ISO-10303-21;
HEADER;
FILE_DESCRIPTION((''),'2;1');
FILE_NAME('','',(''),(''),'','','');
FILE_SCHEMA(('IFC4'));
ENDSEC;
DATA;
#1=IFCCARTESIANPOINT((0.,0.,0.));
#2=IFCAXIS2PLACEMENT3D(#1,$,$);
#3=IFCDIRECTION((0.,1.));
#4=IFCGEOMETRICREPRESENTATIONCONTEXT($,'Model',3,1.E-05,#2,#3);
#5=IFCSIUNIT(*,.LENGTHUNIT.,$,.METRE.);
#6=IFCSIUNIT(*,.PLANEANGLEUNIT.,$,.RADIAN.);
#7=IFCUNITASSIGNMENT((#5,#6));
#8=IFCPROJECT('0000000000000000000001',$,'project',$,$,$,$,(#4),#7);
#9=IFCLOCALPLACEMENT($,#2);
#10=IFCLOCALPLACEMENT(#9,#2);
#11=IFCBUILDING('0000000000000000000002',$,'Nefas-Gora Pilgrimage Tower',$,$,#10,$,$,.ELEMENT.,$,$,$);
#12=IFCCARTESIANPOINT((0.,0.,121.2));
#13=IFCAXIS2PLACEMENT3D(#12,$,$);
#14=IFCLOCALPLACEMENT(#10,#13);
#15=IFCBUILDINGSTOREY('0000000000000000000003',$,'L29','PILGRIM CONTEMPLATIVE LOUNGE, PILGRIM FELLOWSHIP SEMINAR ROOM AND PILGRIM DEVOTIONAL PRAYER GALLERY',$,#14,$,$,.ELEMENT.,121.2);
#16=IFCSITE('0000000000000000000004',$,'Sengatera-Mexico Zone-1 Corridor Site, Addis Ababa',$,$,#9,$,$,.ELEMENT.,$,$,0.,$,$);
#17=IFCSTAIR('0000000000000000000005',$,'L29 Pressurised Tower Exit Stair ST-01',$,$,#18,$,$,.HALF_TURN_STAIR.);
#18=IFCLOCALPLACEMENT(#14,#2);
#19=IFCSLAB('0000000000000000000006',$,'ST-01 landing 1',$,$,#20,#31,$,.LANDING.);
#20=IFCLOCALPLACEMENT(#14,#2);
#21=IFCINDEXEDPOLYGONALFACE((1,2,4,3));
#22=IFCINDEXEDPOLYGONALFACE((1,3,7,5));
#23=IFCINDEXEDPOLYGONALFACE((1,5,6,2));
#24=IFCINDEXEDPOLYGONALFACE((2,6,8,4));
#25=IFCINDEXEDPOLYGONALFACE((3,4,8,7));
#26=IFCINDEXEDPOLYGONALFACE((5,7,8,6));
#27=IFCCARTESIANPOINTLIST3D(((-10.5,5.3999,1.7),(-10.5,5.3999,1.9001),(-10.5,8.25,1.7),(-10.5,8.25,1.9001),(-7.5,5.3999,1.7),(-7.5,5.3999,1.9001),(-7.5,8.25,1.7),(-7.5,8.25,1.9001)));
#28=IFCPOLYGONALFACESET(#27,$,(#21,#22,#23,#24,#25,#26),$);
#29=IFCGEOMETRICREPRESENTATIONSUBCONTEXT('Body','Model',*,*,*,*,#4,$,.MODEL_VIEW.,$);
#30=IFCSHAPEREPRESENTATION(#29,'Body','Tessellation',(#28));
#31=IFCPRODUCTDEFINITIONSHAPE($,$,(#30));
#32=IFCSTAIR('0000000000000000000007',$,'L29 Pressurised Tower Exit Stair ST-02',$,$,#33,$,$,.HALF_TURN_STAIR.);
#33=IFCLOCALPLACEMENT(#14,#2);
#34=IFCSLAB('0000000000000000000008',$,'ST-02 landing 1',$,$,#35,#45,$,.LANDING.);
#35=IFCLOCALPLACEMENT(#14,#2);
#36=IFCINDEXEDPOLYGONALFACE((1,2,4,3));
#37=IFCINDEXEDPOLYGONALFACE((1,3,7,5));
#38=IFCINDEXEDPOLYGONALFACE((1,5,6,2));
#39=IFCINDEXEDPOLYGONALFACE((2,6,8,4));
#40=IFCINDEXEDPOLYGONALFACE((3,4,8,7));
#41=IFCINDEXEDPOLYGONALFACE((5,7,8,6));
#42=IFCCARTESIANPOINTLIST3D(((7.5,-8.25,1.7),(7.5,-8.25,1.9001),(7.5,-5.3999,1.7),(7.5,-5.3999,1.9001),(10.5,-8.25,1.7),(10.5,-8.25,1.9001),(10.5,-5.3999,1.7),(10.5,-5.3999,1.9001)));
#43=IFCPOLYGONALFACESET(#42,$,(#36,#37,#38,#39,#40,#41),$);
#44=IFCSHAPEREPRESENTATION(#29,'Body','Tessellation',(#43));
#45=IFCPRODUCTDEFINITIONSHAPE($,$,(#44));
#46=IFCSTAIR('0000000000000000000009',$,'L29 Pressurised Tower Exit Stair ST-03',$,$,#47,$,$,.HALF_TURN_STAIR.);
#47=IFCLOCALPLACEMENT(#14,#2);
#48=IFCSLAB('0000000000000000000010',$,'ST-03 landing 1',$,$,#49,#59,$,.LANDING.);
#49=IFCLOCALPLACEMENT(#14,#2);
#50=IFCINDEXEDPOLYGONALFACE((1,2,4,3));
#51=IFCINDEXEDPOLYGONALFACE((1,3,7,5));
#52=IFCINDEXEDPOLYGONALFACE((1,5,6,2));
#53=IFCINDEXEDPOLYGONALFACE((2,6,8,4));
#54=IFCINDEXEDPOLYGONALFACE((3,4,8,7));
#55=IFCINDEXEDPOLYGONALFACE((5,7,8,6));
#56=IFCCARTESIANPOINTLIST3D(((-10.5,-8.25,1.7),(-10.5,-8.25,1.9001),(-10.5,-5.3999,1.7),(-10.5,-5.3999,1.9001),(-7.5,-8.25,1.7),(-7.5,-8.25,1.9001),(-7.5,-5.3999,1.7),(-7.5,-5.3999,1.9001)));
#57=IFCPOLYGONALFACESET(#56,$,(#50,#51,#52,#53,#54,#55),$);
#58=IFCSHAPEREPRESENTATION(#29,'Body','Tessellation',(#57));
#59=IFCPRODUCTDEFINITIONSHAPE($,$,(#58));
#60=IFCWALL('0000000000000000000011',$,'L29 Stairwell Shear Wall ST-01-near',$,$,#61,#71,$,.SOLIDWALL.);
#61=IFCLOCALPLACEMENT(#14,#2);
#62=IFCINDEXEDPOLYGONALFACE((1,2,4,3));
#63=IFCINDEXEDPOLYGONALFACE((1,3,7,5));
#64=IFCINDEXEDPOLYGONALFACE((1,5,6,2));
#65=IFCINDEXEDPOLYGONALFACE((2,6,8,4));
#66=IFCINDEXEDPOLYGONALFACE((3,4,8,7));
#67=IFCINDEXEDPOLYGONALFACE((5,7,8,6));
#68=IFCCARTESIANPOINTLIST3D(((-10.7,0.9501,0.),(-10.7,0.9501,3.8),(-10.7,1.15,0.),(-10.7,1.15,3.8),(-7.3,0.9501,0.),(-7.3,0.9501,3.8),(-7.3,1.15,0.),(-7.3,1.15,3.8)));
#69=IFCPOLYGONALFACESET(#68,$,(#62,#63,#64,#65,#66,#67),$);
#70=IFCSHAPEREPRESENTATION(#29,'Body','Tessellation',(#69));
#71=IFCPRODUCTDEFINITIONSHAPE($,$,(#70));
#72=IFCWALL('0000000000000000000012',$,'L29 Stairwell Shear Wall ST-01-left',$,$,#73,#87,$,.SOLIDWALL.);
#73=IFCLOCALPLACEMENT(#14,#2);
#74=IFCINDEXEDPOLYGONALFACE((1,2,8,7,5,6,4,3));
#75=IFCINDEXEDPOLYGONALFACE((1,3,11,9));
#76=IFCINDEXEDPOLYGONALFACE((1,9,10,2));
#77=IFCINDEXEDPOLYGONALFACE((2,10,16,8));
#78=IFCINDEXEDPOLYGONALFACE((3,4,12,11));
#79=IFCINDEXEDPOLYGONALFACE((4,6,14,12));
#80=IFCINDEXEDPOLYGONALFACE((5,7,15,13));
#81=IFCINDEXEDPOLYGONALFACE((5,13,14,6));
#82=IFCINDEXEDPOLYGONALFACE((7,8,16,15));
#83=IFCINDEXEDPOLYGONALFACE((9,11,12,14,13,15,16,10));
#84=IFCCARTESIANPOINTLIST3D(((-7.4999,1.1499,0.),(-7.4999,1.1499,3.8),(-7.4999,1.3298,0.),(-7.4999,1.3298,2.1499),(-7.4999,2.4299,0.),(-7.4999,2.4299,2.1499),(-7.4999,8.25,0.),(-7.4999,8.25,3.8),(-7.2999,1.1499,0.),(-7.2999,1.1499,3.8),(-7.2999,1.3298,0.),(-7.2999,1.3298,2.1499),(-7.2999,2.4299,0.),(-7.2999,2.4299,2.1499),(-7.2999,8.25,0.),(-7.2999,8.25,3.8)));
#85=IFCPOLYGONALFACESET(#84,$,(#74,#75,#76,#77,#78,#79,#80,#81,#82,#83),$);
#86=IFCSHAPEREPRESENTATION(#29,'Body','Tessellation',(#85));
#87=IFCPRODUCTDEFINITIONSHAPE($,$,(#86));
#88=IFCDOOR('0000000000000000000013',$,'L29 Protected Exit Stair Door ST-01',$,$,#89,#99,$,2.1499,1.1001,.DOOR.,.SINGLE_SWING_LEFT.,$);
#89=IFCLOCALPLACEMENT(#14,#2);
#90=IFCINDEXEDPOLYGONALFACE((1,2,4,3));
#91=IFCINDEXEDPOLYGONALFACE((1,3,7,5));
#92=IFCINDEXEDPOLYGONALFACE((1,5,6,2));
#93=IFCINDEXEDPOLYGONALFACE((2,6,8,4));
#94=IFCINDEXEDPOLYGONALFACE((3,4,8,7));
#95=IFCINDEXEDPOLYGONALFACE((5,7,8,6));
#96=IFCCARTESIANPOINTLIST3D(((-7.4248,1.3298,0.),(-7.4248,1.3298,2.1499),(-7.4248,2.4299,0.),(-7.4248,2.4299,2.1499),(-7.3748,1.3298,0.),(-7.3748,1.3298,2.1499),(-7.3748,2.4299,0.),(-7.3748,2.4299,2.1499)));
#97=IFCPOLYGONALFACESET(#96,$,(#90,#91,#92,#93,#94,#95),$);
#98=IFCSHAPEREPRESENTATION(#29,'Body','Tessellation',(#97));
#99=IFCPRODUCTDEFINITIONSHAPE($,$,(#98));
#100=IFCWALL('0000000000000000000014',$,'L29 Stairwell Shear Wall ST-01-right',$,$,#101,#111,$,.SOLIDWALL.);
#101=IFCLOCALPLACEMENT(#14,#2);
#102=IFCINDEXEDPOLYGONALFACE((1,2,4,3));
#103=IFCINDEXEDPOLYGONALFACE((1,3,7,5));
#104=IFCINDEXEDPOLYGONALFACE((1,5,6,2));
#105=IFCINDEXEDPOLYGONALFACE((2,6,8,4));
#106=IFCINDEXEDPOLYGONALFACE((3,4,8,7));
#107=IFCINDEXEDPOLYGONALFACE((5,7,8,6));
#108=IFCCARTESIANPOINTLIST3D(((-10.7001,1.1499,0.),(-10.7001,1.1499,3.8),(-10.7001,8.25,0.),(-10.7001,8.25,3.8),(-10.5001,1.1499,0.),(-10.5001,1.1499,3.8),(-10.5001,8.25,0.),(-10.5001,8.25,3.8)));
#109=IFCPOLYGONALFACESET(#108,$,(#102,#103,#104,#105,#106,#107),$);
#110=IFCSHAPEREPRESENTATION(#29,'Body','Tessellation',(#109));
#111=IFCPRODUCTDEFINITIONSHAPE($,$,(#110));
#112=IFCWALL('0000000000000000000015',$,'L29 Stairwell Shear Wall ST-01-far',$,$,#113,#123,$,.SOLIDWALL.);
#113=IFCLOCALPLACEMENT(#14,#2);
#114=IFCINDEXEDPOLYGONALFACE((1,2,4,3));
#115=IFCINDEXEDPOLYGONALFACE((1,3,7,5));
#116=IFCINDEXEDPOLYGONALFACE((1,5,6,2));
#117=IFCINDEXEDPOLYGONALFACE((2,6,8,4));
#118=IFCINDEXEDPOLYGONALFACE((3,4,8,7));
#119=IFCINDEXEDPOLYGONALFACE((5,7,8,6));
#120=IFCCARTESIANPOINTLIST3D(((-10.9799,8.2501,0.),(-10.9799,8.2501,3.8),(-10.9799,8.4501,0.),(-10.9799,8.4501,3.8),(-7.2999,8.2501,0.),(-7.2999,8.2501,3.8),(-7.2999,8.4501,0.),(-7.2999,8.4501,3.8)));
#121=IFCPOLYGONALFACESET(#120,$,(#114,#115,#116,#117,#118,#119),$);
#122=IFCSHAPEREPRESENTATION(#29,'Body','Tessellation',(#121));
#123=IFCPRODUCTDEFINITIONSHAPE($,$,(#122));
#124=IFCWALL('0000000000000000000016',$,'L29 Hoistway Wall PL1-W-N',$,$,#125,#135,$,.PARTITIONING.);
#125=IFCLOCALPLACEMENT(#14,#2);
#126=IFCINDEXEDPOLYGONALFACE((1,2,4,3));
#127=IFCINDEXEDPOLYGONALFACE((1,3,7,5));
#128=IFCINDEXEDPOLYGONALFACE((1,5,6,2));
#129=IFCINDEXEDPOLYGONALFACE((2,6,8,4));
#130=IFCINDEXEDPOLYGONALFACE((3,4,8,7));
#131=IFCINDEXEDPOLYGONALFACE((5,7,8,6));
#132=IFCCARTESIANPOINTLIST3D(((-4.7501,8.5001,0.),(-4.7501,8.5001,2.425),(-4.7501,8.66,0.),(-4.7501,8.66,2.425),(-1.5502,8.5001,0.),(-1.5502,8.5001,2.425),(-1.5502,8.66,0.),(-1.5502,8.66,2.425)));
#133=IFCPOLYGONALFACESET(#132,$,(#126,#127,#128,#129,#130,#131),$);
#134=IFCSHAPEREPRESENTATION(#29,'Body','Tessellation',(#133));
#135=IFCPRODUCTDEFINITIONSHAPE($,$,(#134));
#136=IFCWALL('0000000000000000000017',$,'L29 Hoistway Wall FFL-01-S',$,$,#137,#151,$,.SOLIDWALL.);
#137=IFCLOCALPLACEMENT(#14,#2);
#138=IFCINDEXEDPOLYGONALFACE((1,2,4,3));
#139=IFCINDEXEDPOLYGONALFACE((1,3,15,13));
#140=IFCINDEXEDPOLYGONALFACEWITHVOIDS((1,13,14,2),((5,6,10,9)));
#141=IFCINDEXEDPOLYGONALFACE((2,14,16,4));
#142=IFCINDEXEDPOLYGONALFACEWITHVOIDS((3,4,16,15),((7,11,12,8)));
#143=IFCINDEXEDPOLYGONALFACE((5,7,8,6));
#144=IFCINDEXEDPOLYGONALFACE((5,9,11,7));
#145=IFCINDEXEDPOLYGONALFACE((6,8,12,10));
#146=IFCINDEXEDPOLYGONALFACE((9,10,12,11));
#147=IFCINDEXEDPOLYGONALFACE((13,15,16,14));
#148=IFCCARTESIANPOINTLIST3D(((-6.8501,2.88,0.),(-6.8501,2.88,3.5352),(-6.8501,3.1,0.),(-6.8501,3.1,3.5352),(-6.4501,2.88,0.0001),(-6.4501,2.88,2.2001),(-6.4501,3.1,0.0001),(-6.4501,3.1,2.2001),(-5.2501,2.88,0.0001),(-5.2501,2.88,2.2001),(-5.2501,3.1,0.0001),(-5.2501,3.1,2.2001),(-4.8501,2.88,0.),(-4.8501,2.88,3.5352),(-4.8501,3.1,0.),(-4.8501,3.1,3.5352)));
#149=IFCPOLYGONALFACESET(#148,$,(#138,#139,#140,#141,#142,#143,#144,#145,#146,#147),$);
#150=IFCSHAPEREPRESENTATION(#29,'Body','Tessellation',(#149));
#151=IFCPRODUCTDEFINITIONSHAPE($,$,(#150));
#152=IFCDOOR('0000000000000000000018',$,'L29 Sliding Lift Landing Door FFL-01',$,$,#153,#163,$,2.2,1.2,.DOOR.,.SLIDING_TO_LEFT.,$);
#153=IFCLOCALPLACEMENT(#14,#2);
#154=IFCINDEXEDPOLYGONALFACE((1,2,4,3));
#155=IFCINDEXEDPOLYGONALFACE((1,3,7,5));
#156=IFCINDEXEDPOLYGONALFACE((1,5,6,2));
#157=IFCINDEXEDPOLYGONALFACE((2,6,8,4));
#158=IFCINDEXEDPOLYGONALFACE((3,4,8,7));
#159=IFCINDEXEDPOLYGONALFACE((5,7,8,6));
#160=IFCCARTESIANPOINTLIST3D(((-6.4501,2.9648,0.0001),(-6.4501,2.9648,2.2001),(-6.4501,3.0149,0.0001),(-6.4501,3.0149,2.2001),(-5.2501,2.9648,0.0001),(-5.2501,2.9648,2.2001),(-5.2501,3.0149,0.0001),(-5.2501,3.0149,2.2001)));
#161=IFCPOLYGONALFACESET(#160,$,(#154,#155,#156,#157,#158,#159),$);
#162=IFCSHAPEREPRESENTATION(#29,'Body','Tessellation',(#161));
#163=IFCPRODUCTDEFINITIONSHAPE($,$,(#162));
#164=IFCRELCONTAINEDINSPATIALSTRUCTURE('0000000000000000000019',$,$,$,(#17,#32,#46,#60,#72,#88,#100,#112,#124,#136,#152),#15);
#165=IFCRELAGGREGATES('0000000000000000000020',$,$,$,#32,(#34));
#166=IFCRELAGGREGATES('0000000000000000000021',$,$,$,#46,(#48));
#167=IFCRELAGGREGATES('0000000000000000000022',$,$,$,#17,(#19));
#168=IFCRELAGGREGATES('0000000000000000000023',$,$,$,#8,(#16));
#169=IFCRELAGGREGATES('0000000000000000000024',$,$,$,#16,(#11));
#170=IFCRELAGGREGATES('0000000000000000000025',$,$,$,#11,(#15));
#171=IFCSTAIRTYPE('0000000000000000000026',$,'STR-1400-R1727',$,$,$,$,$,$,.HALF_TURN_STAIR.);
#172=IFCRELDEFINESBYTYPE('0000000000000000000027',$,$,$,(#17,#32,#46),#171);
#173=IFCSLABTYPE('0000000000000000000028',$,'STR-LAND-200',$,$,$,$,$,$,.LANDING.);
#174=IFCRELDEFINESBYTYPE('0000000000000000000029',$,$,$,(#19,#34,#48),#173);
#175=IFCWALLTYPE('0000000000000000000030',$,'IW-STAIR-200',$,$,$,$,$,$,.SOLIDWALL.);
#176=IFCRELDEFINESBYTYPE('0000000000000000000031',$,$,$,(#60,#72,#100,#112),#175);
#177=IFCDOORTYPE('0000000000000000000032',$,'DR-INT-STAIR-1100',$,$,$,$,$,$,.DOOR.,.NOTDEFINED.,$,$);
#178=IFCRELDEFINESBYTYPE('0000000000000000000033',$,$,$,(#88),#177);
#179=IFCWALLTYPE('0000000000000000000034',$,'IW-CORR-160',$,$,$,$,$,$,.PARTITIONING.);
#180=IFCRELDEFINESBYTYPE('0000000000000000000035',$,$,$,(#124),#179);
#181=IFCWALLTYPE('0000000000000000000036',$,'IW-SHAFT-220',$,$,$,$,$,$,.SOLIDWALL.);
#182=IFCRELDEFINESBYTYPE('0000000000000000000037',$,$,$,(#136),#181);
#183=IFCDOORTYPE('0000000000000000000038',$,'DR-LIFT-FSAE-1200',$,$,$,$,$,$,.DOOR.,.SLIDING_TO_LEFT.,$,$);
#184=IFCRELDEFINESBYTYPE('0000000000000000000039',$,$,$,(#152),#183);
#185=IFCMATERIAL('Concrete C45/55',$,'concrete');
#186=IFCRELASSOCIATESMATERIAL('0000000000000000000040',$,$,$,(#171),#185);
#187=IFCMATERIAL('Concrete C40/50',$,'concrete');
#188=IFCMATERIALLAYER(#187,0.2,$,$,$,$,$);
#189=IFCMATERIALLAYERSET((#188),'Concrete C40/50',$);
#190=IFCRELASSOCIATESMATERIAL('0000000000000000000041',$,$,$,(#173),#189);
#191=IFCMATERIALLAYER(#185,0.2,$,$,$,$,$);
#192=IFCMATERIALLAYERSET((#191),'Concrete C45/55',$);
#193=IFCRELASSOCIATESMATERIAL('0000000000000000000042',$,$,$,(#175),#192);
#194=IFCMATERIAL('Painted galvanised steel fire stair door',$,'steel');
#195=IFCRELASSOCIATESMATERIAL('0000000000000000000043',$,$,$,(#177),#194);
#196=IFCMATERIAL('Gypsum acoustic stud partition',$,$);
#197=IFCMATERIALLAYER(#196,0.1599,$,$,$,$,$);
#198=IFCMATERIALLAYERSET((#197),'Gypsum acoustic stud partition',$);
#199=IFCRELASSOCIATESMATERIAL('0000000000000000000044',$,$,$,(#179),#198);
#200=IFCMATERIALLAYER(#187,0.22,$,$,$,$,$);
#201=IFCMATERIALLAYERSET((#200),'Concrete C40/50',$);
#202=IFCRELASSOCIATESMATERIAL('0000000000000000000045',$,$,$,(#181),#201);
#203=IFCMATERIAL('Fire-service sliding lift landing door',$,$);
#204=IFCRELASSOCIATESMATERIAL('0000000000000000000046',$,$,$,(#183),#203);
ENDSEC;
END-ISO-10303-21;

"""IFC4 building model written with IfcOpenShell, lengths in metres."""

from ifc_helpers import new_model, si_unit, direction, frame, frame_2d, origin, place, context, subcontext, project, spatial, polyline, rectangle, outline, extrude, source, transform, mapped, material, layer, layer_set, type_object, element, fill, aggregate, save


model = new_model("IFC4")

# Units and contexts
model_context = context("Model", 3, precision=1e-05, world=origin(), true_north=direction((0.0, 1.0)))
body_context = subcontext(model_context, "Body", "Model", "MODEL_VIEW")
ifc_project = project(units=[si_unit("LENGTHUNIT", "METRE"), si_unit("PLANEANGLEUNIT", "RADIAN")], contexts=[model_context])

# Site, building, storey
site_placement = place(None, origin())
site = spatial("IfcSite", under=ifc_project, at=site_placement, Name="Sengatera-Mexico Zone-1 Corridor Site, Addis Ababa", CompositionType="ELEMENT", RefElevation=0.0)
building_placement = place(site_placement, origin())
building = spatial("IfcBuilding", under=site, at=building_placement, Name="Nefas-Gora Pilgrimage Tower", CompositionType="ELEMENT")
storey_placement = place(building_placement, frame((0.0, 0.0, 121.2)))
storey = spatial("IfcBuildingStorey", under=building, at=storey_placement, Name="L29", Description="PILGRIM CONTEMPLATIVE LOUNGE, PILGRIM FELLOWSHIP SEMINAR ROOM AND PILGRIM DEVOTIONAL PRAYER GALLERY", CompositionType="ELEMENT", Elevation=121.2)

# Shared definitions
ifc_material_1 = material(Name="Concrete C40/50", Category="concrete")

# Stairs, slabs
ifc_material_2 = material(Name="Concrete C45/55", Category="concrete")
stair_type = type_object("IfcStairType", Name="STR-1400-R1727", PredefinedType="HALF_TURN_STAIR", material=ifc_material_2)
stair_1_placement = place(storey_placement, origin())
stair_1 = element("IfcStair", 1, at=stair_1_placement, inside=storey, type_object=stair_type, Name="L29 Pressurised Tower Exit Stair ST-01", PredefinedType="HALF_TURN_STAIR")
ifc_layer_1 = layer(ifc_material_1, 0.2)
ifc_layer_set_1 = layer_set([ifc_layer_1], Name="Concrete C40/50")
slab_type_1 = type_object("IfcSlabType", Name="STR-LAND-200", PredefinedType="LANDING", material=ifc_layer_set_1)
slab_1_placement = place(storey_placement, frame((0.0, 0.0, 1.7)))
slab_1 = element("IfcSlab", 2, at=slab_1_placement, type_object=slab_type_1, Name="ST-01 landing 1", PredefinedType="LANDING", context=body_context, shape_type="SweptSolid", body=[
    extrude(outline(polyline([(-7.5, 5.3999), (-7.5, 8.25), (-10.5, 8.25), (-10.5, 5.3999), (-7.5, 5.3999)])), origin(), (0.0, 0.0, 1.0), 0.2002),
])
stair_2_placement = place(storey_placement, origin())
stair_2 = element("IfcStair", 3, at=stair_2_placement, inside=storey, type_object=stair_type, Name="L29 Pressurised Tower Exit Stair ST-02", PredefinedType="HALF_TURN_STAIR")
slab_2_placement = place(storey_placement, frame((0.0, 0.0, 1.7)))
slab_2 = element("IfcSlab", 4, at=slab_2_placement, type_object=slab_type_1, Name="ST-02 landing 1", PredefinedType="LANDING", context=body_context, shape_type="SweptSolid", body=[
    extrude(outline(polyline([(7.5, -5.3999), (7.5, -8.25), (10.5, -8.25), (10.5, -5.3999), (7.5, -5.3999)])), origin(), (0.0, 0.0, 1.0), 0.2002),
])
aggregate(stair_2, [slab_2])
stair_3_placement = place(storey_placement, origin())
stair_3 = element("IfcStair", 5, at=stair_3_placement, inside=storey, type_object=stair_type, Name="L29 Pressurised Tower Exit Stair ST-03", PredefinedType="HALF_TURN_STAIR")
slab_3_placement = place(storey_placement, frame((0.0, 0.0, 1.7)))
slab_3 = element("IfcSlab", 6, at=slab_3_placement, type_object=slab_type_1, Name="ST-03 landing 1", PredefinedType="LANDING", context=body_context, shape_type="SweptSolid", body=[
    extrude(outline(polyline([(-10.5, -5.3999), (-10.5, -8.25), (-7.5, -8.25), (-7.5, -5.3999), (-10.5, -5.3999)])), origin(), (0.0, 0.0, 1.0), 0.2002),
])
aggregate(stair_3, [slab_3])

# Wall
ifc_layer_2 = layer(ifc_material_2, 0.2)
ifc_layer_set_2 = layer_set([ifc_layer_2], Name="Concrete C45/55")
wall_type_1 = type_object("IfcWallType", Name="IW-STAIR-200", PredefinedType="SOLIDWALL", material=ifc_layer_set_2)
shared_shape_1 = source(origin(), body_context, "Body", "SweptSolid", [
    extrude(rectangle(XDim=3.3999, YDim=0.2, at=frame_2d((1.7, 0.0))), origin(), (0.0, 0.0, 1.0), 3.8),
])
wall_1_placement = place(storey_placement, frame((-7.3, 1.05, 0.0), z_axis=(0.0, 0.0, 1.0), x_axis=(-1.0, 0.0, 0.0)))
element("IfcWall", 7, at=wall_1_placement, inside=storey, type_object=wall_type_1, Name="L29 Stairwell Shear Wall ST-01-near", PredefinedType="SOLIDWALL", context=body_context, shape_type="MappedRepresentation", body=[
    mapped(shared_shape_1, transform((0.0, 0.0, 0.0), x_axis=(1.0, 0.0, 0.0), y_axis=(0.0, 1.0, 0.0), z_axis=(0.0, 0.0, 1.0), scale=1.0)),
])

# Wall, opening, door
shared_shape_2 = source(origin(), body_context, "Body", "SweptSolid", [
    extrude(rectangle(XDim=7.1001, YDim=0.2, at=frame_2d((3.55, 0.0))), origin(), (0.0, 0.0, 1.0), 3.8),
])
wall_2_placement = place(storey_placement, frame((-7.3999, 1.1499, 0.0), z_axis=(0.0, 0.0, 1.0), x_axis=(0.0, 1.0, 0.0)))
wall_2 = element("IfcWall", 8, at=wall_2_placement, inside=storey, type_object=wall_type_1, Name="L29 Stairwell Shear Wall ST-01-left", PredefinedType="SOLIDWALL", context=body_context, shape_type="MappedRepresentation", body=[
    mapped(shared_shape_2, transform((0.0, 0.0, 0.0), x_axis=(1.0, 0.0, 0.0), y_axis=(0.0, 1.0, 0.0), z_axis=(0.0, 0.0, 1.0), scale=1.0)),
])
opening_1_placement = place(wall_2_placement, frame((0.1799, 0.0, 0.0)))
opening_1 = element("IfcOpeningElement", 9, at=opening_1_placement, cuts=wall_2, PredefinedType="OPENING", context=body_context, shape_type="SweptSolid", body=[
    extrude(rectangle(XDim=1.1001, YDim=2.1499, at=frame_2d((0.55, 1.075))), frame((0.0, 0.1099, 0.0), z_axis=(0.0, -1.0, 0.0), x_axis=(1.0, 0.0, 0.0)), (0.0, 0.0, 1.0), 0.22),
])
ifc_material_3 = material(Name="Painted galvanised steel fire stair door", Category="steel")
door_type_1 = type_object("IfcDoorType", Name="DR-INT-STAIR-1100", OperationType="NOTDEFINED", PredefinedType="DOOR", material=ifc_material_3)
shared_shape_3 = source(origin(), body_context, "Body", "SweptSolid", [
    extrude(rectangle(XDim=1.1001, YDim=2.1499, at=frame_2d((0.55, 1.075))), frame((0.0, 0.0249, 0.0), z_axis=(0.0, -1.0, 0.0), x_axis=(1.0, 0.0, 0.0)), (0.0, 0.0, 1.0), 0.05),
])
door_1_placement = place(opening_1_placement, origin())
door_1 = element("IfcDoor", 10, at=door_1_placement, inside=storey, type_object=door_type_1, Name="L29 Protected Exit Stair Door ST-01", OperationType="SINGLE_SWING_LEFT", OverallHeight=2.1499, OverallWidth=1.1001, PredefinedType="DOOR", context=body_context, shape_type="MappedRepresentation", body=[
    mapped(shared_shape_3, transform((0.0, 0.0, 0.0), x_axis=(1.0, 0.0, 0.0), y_axis=(0.0, 1.0, 0.0), z_axis=(0.0, 0.0, 1.0), scale=1.0)),
])
fill(opening_1, door_1)

# Walls
wall_3_placement = place(storey_placement, frame((-10.6001, 1.1499, 0.0), z_axis=(0.0, 0.0, 1.0), x_axis=(0.0, 1.0, 0.0)))
element("IfcWall", 11, at=wall_3_placement, inside=storey, type_object=wall_type_1, Name="L29 Stairwell Shear Wall ST-01-right", PredefinedType="SOLIDWALL", context=body_context, shape_type="MappedRepresentation", body=[
    mapped(shared_shape_2, transform((0.0, 0.0, 0.0), x_axis=(1.0, 0.0, 0.0), y_axis=(0.0, 1.0, 0.0), z_axis=(0.0, 0.0, 1.0), scale=1.0)),
])
shared_shape_4 = source(origin(), body_context, "Body", "SweptSolid", [
    extrude(rectangle(XDim=3.6799, YDim=0.2, at=frame_2d((1.8398, 0.0))), origin(), (0.0, 0.0, 1.0), 3.8),
])
wall_4_placement = place(storey_placement, frame((-7.3, 8.3501, 0.0), z_axis=(0.0, 0.0, 1.0), x_axis=(-1.0, 0.0, 0.0)))
element("IfcWall", 12, at=wall_4_placement, inside=storey, type_object=wall_type_1, Name="L29 Stairwell Shear Wall ST-01-far", PredefinedType="SOLIDWALL", context=body_context, shape_type="MappedRepresentation", body=[
    mapped(shared_shape_4, transform((0.0, 0.0, 0.0), x_axis=(1.0, 0.0, 0.0), y_axis=(0.0, 1.0, 0.0), z_axis=(0.0, 0.0, 1.0), scale=1.0)),
])
ifc_material_4 = material(Name="Gypsum acoustic stud partition")
ifc_layer_3 = layer(ifc_material_4, 0.1599)
ifc_layer_set_3 = layer_set([ifc_layer_3], Name="Gypsum acoustic stud partition")
wall_type_2 = type_object("IfcWallType", Name="IW-CORR-160", PredefinedType="PARTITIONING", material=ifc_layer_set_3)
shared_shape_5 = source(origin(), body_context, "Body", "SweptSolid", [
    extrude(rectangle(XDim=3.2, YDim=0.1599, at=frame_2d((1.6001, 0.0))), origin(), (0.0, 0.0, 1.0), 2.425),
])
wall_5_placement = place(storey_placement, frame((-1.55, 8.5801, 0.0), z_axis=(0.0, 0.0, 1.0), x_axis=(-1.0, 0.0, 0.0)))
element("IfcWall", 13, at=wall_5_placement, inside=storey, type_object=wall_type_2, Name="L29 Hoistway Wall PL1-W-N", PredefinedType="PARTITIONING", context=body_context, shape_type="MappedRepresentation", body=[
    mapped(shared_shape_5, transform((0.0, 0.0, 0.0), x_axis=(1.0, 0.0, 0.0), y_axis=(0.0, 1.0, 0.0), z_axis=(0.0, 0.0, 1.0), scale=1.0)),
])

# Wall, opening, door
ifc_layer_4 = layer(ifc_material_1, 0.22)
ifc_layer_set_4 = layer_set([ifc_layer_4], Name="Concrete C40/50")
wall_type_3 = type_object("IfcWallType", Name="IW-SHAFT-220", PredefinedType="SOLIDWALL", material=ifc_layer_set_4)
shared_shape_6 = source(origin(), body_context, "Body", "SweptSolid", [
    extrude(rectangle(XDim=2.0, YDim=0.22, at=frame_2d((1.0, 0.0))), origin(), (0.0, 0.0, 1.0), 3.5352),
])
wall_6_placement = place(storey_placement, frame((-6.8501, 2.99, 0.0), z_axis=(0.0, 0.0, 1.0), x_axis=(1.0, 0.0, 0.0)))
wall_6 = element("IfcWall", 14, at=wall_6_placement, inside=storey, type_object=wall_type_3, Name="L29 Hoistway Wall FFL-01-S", PredefinedType="SOLIDWALL", context=body_context, shape_type="MappedRepresentation", body=[
    mapped(shared_shape_6, transform((0.0, 0.0, 0.0), x_axis=(1.0, 0.0, 0.0), y_axis=(0.0, 1.0, 0.0), z_axis=(0.0, 0.0, 1.0), scale=1.0)),
])
opening_2_placement = place(wall_6_placement, frame((0.3999, 0.0, 0.0)))
opening_2 = element("IfcOpeningElement", 15, at=opening_2_placement, cuts=wall_6, PredefinedType="OPENING", context=body_context, shape_type="SweptSolid", body=[
    extrude(rectangle(XDim=1.2, YDim=2.2, at=frame_2d((0.6001, 1.1001))), frame((0.0, 0.1199, 0.0), z_axis=(0.0, -1.0, 0.0), x_axis=(1.0, 0.0, 0.0)), (0.0, 0.0, 1.0), 0.24),
])
ifc_material_5 = material(Name="Fire-service sliding lift landing door")
door_type_2 = type_object("IfcDoorType", Name="DR-LIFT-FSAE-1200", OperationType="SLIDING_TO_LEFT", PredefinedType="DOOR", material=ifc_material_5)
shared_shape_7 = source(origin(), body_context, "Body", "SweptSolid", [
    extrude(rectangle(XDim=1.2, YDim=2.2, at=frame_2d((0.6001, 1.1001))), frame((0.0, 0.0249, 0.0), z_axis=(0.0, -1.0, 0.0), x_axis=(1.0, 0.0, 0.0)), (0.0, 0.0, 1.0), 0.05),
])
door_2_placement = place(opening_2_placement, origin())
door_2 = element("IfcDoor", 16, at=door_2_placement, inside=storey, type_object=door_type_2, Name="L29 Sliding Lift Landing Door FFL-01", OperationType="SLIDING_TO_LEFT", OverallHeight=2.2, OverallWidth=1.2, PredefinedType="DOOR", context=body_context, shape_type="MappedRepresentation", body=[
    mapped(shared_shape_7, transform((0.0, 0.0, 0.0), x_axis=(1.0, 0.0, 0.0), y_axis=(0.0, 1.0, 0.0), z_axis=(0.0, 0.0, 1.0), scale=1.0)),
])
fill(opening_2, door_2)

aggregate(stair_1, [slab_1])

save(model, "model.ifc")
